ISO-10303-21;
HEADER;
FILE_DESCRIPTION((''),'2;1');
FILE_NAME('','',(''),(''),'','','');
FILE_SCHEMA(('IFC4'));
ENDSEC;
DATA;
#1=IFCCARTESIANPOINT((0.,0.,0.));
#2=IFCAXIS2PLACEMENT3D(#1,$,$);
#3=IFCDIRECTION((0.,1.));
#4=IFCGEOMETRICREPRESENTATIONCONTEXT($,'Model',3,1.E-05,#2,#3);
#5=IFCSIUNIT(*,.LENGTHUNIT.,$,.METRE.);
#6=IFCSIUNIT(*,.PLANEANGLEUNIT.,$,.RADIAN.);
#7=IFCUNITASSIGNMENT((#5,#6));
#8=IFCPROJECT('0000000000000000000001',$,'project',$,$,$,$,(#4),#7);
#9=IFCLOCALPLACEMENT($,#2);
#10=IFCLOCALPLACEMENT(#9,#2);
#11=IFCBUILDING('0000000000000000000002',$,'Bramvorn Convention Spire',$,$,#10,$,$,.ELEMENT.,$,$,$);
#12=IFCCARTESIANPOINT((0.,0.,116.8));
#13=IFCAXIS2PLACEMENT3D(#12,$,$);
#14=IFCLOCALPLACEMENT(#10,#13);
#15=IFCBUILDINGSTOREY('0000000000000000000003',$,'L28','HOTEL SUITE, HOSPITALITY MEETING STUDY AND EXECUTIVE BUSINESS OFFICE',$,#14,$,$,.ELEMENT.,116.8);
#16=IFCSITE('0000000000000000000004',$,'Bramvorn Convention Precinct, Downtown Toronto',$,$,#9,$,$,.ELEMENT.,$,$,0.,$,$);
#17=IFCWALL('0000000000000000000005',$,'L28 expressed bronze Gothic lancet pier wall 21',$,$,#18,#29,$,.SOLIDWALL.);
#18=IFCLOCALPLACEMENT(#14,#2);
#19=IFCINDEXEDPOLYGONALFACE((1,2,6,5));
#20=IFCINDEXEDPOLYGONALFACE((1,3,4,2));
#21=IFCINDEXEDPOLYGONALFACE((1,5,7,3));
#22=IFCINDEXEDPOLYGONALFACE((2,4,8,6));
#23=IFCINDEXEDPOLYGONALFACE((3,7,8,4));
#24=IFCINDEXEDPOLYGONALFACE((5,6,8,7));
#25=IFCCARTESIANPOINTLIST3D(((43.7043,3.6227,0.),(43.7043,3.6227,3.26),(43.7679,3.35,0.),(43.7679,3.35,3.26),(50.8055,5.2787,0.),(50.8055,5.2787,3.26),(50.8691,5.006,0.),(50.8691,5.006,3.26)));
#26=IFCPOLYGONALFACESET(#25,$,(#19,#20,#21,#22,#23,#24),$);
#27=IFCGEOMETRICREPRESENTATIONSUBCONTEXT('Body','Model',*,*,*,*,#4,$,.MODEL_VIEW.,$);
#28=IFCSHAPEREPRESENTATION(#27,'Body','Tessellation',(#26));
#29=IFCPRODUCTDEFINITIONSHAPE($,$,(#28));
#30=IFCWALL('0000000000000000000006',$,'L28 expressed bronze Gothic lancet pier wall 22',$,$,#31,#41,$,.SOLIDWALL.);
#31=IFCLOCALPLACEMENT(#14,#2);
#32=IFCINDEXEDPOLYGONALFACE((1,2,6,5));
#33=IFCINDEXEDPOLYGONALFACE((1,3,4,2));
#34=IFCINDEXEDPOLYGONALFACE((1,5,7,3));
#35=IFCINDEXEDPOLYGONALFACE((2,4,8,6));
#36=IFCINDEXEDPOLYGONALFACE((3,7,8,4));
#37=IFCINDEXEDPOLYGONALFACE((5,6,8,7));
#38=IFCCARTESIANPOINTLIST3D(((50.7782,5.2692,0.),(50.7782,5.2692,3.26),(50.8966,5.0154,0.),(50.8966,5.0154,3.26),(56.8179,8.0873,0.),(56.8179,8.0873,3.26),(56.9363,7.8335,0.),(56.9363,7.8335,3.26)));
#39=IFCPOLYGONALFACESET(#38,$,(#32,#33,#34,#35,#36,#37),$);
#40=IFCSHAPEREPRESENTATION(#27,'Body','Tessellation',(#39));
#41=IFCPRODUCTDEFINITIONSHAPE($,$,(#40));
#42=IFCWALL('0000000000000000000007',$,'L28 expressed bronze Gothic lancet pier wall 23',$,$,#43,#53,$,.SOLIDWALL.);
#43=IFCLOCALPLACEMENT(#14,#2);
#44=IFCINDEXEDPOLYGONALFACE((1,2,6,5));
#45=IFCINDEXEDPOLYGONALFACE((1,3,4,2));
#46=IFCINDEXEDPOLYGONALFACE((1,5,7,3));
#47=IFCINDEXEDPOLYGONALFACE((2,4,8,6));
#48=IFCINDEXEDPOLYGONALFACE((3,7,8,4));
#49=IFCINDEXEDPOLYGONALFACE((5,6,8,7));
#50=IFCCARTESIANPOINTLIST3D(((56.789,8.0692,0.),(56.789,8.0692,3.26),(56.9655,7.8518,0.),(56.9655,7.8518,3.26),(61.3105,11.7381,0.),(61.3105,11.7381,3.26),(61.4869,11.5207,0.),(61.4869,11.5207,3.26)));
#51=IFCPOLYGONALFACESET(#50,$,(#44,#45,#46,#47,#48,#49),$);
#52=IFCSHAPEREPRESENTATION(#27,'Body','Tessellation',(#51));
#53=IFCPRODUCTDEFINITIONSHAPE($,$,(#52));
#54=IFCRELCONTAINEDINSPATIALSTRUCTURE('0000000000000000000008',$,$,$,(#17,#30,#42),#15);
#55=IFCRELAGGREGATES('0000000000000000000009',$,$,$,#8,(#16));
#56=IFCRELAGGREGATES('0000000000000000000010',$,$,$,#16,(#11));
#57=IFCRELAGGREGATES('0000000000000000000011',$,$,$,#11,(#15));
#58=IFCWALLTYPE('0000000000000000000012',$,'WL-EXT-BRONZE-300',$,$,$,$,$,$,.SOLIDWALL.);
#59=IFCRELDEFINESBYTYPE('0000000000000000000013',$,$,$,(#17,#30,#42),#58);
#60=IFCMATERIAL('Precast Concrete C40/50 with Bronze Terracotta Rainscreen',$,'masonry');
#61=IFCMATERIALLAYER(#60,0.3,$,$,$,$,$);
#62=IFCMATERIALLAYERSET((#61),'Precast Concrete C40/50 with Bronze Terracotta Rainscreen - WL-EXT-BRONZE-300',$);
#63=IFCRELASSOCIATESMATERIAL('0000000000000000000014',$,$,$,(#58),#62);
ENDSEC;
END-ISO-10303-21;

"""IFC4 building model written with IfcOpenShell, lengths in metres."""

from ifc_helpers import new_model, si_unit, direction, frame, frame_2d, origin, place, context, subcontext, project, spatial, rectangle, extrude, material, layer, layer_set, type_object, element, save


model = new_model("IFC4")

# Units and contexts
model_context = context("Model", 3, precision=1e-05, world=origin(), true_north=direction((0.0, 1.0)))
body_context = subcontext(model_context, "Body", "Model", "MODEL_VIEW")
ifc_project = project(units=[si_unit("LENGTHUNIT", "METRE"), si_unit("PLANEANGLEUNIT", "RADIAN")], contexts=[model_context])

# Site, building, storey
site_placement = place(None, origin())
site = spatial("IfcSite", under=ifc_project, at=site_placement, Name="Bramvorn Convention Precinct, Downtown Toronto", CompositionType="ELEMENT", RefElevation=0.0)
building_placement = place(site_placement, origin())
building = spatial("IfcBuilding", under=site, at=building_placement, Name="Bramvorn Convention Spire", CompositionType="ELEMENT")
storey_placement = place(building_placement, frame((0.0, 0.0, 116.8)))
storey = spatial("IfcBuildingStorey", under=building, at=storey_placement, Name="L28", Description="HOTEL SUITE, HOSPITALITY MEETING STUDY AND EXECUTIVE BUSINESS OFFICE", CompositionType="ELEMENT", Elevation=116.8)

# Walls
ifc_material_1 = material(Name="Precast Concrete C40/50 with Bronze Terracotta Rainscreen", Category="masonry")
ifc_layer_1 = layer(ifc_material_1, 0.3)
ifc_layer_set_1 = layer_set([ifc_layer_1], Name="Precast Concrete C40/50 with Bronze Terracotta Rainscreen - WL-EXT-BRONZE-300")
wall_type = type_object("IfcWallType", Name="WL-EXT-BRONZE-300", PredefinedType="SOLIDWALL", material=ifc_layer_set_1)
wall_1_placement = place(storey_placement, frame((50.8374, 5.1423, 0.0), z_axis=(0.0, 0.0, 1.0), x_axis=(-0.973871, -0.227104, 0.0)))
element("IfcWall", 1, at=wall_1_placement, inside=storey, type_object=wall_type, Name="L28 expressed bronze Gothic lancet pier wall 21", PredefinedType="SOLIDWALL", context=body_context, shape_type="SweptSolid", body=[
    extrude(rectangle(XDim=7.2917, YDim=0.28, at=frame_2d((3.646, 0.0))), origin(), (0.0, 0.0, 1.0), 3.26),
])
wall_2_placement = place(storey_placement, frame((56.8772, 7.9604, 0.0), z_axis=(0.0, 0.0, 1.0), x_axis=(-0.906209, -0.422829, 0.0)))
element("IfcWall", 2, at=wall_2_placement, inside=storey, type_object=wall_type, Name="L28 expressed bronze Gothic lancet pier wall 22", PredefinedType="SOLIDWALL", context=body_context, shape_type="SweptSolid", body=[
    extrude(rectangle(XDim=6.6648, YDim=0.28, at=frame_2d((3.3325, 0.0))), origin(), (0.0, 0.0, 1.0), 3.26),
])
wall_3_placement = place(storey_placement, frame((61.3987, 11.6294, 0.0), z_axis=(0.0, 0.0, 1.0), x_axis=(-0.776514, -0.6301, 0.0)))
element("IfcWall", 3, at=wall_3_placement, inside=storey, type_object=wall_type, Name="L28 expressed bronze Gothic lancet pier wall 23", PredefinedType="SOLIDWALL", context=body_context, shape_type="SweptSolid", body=[
    extrude(rectangle(XDim=5.8228, YDim=0.28, at=frame_2d((2.9114, 0.0))), origin(), (0.0, 0.0, 1.0), 3.26),
])

save(model, "model.ifc")
